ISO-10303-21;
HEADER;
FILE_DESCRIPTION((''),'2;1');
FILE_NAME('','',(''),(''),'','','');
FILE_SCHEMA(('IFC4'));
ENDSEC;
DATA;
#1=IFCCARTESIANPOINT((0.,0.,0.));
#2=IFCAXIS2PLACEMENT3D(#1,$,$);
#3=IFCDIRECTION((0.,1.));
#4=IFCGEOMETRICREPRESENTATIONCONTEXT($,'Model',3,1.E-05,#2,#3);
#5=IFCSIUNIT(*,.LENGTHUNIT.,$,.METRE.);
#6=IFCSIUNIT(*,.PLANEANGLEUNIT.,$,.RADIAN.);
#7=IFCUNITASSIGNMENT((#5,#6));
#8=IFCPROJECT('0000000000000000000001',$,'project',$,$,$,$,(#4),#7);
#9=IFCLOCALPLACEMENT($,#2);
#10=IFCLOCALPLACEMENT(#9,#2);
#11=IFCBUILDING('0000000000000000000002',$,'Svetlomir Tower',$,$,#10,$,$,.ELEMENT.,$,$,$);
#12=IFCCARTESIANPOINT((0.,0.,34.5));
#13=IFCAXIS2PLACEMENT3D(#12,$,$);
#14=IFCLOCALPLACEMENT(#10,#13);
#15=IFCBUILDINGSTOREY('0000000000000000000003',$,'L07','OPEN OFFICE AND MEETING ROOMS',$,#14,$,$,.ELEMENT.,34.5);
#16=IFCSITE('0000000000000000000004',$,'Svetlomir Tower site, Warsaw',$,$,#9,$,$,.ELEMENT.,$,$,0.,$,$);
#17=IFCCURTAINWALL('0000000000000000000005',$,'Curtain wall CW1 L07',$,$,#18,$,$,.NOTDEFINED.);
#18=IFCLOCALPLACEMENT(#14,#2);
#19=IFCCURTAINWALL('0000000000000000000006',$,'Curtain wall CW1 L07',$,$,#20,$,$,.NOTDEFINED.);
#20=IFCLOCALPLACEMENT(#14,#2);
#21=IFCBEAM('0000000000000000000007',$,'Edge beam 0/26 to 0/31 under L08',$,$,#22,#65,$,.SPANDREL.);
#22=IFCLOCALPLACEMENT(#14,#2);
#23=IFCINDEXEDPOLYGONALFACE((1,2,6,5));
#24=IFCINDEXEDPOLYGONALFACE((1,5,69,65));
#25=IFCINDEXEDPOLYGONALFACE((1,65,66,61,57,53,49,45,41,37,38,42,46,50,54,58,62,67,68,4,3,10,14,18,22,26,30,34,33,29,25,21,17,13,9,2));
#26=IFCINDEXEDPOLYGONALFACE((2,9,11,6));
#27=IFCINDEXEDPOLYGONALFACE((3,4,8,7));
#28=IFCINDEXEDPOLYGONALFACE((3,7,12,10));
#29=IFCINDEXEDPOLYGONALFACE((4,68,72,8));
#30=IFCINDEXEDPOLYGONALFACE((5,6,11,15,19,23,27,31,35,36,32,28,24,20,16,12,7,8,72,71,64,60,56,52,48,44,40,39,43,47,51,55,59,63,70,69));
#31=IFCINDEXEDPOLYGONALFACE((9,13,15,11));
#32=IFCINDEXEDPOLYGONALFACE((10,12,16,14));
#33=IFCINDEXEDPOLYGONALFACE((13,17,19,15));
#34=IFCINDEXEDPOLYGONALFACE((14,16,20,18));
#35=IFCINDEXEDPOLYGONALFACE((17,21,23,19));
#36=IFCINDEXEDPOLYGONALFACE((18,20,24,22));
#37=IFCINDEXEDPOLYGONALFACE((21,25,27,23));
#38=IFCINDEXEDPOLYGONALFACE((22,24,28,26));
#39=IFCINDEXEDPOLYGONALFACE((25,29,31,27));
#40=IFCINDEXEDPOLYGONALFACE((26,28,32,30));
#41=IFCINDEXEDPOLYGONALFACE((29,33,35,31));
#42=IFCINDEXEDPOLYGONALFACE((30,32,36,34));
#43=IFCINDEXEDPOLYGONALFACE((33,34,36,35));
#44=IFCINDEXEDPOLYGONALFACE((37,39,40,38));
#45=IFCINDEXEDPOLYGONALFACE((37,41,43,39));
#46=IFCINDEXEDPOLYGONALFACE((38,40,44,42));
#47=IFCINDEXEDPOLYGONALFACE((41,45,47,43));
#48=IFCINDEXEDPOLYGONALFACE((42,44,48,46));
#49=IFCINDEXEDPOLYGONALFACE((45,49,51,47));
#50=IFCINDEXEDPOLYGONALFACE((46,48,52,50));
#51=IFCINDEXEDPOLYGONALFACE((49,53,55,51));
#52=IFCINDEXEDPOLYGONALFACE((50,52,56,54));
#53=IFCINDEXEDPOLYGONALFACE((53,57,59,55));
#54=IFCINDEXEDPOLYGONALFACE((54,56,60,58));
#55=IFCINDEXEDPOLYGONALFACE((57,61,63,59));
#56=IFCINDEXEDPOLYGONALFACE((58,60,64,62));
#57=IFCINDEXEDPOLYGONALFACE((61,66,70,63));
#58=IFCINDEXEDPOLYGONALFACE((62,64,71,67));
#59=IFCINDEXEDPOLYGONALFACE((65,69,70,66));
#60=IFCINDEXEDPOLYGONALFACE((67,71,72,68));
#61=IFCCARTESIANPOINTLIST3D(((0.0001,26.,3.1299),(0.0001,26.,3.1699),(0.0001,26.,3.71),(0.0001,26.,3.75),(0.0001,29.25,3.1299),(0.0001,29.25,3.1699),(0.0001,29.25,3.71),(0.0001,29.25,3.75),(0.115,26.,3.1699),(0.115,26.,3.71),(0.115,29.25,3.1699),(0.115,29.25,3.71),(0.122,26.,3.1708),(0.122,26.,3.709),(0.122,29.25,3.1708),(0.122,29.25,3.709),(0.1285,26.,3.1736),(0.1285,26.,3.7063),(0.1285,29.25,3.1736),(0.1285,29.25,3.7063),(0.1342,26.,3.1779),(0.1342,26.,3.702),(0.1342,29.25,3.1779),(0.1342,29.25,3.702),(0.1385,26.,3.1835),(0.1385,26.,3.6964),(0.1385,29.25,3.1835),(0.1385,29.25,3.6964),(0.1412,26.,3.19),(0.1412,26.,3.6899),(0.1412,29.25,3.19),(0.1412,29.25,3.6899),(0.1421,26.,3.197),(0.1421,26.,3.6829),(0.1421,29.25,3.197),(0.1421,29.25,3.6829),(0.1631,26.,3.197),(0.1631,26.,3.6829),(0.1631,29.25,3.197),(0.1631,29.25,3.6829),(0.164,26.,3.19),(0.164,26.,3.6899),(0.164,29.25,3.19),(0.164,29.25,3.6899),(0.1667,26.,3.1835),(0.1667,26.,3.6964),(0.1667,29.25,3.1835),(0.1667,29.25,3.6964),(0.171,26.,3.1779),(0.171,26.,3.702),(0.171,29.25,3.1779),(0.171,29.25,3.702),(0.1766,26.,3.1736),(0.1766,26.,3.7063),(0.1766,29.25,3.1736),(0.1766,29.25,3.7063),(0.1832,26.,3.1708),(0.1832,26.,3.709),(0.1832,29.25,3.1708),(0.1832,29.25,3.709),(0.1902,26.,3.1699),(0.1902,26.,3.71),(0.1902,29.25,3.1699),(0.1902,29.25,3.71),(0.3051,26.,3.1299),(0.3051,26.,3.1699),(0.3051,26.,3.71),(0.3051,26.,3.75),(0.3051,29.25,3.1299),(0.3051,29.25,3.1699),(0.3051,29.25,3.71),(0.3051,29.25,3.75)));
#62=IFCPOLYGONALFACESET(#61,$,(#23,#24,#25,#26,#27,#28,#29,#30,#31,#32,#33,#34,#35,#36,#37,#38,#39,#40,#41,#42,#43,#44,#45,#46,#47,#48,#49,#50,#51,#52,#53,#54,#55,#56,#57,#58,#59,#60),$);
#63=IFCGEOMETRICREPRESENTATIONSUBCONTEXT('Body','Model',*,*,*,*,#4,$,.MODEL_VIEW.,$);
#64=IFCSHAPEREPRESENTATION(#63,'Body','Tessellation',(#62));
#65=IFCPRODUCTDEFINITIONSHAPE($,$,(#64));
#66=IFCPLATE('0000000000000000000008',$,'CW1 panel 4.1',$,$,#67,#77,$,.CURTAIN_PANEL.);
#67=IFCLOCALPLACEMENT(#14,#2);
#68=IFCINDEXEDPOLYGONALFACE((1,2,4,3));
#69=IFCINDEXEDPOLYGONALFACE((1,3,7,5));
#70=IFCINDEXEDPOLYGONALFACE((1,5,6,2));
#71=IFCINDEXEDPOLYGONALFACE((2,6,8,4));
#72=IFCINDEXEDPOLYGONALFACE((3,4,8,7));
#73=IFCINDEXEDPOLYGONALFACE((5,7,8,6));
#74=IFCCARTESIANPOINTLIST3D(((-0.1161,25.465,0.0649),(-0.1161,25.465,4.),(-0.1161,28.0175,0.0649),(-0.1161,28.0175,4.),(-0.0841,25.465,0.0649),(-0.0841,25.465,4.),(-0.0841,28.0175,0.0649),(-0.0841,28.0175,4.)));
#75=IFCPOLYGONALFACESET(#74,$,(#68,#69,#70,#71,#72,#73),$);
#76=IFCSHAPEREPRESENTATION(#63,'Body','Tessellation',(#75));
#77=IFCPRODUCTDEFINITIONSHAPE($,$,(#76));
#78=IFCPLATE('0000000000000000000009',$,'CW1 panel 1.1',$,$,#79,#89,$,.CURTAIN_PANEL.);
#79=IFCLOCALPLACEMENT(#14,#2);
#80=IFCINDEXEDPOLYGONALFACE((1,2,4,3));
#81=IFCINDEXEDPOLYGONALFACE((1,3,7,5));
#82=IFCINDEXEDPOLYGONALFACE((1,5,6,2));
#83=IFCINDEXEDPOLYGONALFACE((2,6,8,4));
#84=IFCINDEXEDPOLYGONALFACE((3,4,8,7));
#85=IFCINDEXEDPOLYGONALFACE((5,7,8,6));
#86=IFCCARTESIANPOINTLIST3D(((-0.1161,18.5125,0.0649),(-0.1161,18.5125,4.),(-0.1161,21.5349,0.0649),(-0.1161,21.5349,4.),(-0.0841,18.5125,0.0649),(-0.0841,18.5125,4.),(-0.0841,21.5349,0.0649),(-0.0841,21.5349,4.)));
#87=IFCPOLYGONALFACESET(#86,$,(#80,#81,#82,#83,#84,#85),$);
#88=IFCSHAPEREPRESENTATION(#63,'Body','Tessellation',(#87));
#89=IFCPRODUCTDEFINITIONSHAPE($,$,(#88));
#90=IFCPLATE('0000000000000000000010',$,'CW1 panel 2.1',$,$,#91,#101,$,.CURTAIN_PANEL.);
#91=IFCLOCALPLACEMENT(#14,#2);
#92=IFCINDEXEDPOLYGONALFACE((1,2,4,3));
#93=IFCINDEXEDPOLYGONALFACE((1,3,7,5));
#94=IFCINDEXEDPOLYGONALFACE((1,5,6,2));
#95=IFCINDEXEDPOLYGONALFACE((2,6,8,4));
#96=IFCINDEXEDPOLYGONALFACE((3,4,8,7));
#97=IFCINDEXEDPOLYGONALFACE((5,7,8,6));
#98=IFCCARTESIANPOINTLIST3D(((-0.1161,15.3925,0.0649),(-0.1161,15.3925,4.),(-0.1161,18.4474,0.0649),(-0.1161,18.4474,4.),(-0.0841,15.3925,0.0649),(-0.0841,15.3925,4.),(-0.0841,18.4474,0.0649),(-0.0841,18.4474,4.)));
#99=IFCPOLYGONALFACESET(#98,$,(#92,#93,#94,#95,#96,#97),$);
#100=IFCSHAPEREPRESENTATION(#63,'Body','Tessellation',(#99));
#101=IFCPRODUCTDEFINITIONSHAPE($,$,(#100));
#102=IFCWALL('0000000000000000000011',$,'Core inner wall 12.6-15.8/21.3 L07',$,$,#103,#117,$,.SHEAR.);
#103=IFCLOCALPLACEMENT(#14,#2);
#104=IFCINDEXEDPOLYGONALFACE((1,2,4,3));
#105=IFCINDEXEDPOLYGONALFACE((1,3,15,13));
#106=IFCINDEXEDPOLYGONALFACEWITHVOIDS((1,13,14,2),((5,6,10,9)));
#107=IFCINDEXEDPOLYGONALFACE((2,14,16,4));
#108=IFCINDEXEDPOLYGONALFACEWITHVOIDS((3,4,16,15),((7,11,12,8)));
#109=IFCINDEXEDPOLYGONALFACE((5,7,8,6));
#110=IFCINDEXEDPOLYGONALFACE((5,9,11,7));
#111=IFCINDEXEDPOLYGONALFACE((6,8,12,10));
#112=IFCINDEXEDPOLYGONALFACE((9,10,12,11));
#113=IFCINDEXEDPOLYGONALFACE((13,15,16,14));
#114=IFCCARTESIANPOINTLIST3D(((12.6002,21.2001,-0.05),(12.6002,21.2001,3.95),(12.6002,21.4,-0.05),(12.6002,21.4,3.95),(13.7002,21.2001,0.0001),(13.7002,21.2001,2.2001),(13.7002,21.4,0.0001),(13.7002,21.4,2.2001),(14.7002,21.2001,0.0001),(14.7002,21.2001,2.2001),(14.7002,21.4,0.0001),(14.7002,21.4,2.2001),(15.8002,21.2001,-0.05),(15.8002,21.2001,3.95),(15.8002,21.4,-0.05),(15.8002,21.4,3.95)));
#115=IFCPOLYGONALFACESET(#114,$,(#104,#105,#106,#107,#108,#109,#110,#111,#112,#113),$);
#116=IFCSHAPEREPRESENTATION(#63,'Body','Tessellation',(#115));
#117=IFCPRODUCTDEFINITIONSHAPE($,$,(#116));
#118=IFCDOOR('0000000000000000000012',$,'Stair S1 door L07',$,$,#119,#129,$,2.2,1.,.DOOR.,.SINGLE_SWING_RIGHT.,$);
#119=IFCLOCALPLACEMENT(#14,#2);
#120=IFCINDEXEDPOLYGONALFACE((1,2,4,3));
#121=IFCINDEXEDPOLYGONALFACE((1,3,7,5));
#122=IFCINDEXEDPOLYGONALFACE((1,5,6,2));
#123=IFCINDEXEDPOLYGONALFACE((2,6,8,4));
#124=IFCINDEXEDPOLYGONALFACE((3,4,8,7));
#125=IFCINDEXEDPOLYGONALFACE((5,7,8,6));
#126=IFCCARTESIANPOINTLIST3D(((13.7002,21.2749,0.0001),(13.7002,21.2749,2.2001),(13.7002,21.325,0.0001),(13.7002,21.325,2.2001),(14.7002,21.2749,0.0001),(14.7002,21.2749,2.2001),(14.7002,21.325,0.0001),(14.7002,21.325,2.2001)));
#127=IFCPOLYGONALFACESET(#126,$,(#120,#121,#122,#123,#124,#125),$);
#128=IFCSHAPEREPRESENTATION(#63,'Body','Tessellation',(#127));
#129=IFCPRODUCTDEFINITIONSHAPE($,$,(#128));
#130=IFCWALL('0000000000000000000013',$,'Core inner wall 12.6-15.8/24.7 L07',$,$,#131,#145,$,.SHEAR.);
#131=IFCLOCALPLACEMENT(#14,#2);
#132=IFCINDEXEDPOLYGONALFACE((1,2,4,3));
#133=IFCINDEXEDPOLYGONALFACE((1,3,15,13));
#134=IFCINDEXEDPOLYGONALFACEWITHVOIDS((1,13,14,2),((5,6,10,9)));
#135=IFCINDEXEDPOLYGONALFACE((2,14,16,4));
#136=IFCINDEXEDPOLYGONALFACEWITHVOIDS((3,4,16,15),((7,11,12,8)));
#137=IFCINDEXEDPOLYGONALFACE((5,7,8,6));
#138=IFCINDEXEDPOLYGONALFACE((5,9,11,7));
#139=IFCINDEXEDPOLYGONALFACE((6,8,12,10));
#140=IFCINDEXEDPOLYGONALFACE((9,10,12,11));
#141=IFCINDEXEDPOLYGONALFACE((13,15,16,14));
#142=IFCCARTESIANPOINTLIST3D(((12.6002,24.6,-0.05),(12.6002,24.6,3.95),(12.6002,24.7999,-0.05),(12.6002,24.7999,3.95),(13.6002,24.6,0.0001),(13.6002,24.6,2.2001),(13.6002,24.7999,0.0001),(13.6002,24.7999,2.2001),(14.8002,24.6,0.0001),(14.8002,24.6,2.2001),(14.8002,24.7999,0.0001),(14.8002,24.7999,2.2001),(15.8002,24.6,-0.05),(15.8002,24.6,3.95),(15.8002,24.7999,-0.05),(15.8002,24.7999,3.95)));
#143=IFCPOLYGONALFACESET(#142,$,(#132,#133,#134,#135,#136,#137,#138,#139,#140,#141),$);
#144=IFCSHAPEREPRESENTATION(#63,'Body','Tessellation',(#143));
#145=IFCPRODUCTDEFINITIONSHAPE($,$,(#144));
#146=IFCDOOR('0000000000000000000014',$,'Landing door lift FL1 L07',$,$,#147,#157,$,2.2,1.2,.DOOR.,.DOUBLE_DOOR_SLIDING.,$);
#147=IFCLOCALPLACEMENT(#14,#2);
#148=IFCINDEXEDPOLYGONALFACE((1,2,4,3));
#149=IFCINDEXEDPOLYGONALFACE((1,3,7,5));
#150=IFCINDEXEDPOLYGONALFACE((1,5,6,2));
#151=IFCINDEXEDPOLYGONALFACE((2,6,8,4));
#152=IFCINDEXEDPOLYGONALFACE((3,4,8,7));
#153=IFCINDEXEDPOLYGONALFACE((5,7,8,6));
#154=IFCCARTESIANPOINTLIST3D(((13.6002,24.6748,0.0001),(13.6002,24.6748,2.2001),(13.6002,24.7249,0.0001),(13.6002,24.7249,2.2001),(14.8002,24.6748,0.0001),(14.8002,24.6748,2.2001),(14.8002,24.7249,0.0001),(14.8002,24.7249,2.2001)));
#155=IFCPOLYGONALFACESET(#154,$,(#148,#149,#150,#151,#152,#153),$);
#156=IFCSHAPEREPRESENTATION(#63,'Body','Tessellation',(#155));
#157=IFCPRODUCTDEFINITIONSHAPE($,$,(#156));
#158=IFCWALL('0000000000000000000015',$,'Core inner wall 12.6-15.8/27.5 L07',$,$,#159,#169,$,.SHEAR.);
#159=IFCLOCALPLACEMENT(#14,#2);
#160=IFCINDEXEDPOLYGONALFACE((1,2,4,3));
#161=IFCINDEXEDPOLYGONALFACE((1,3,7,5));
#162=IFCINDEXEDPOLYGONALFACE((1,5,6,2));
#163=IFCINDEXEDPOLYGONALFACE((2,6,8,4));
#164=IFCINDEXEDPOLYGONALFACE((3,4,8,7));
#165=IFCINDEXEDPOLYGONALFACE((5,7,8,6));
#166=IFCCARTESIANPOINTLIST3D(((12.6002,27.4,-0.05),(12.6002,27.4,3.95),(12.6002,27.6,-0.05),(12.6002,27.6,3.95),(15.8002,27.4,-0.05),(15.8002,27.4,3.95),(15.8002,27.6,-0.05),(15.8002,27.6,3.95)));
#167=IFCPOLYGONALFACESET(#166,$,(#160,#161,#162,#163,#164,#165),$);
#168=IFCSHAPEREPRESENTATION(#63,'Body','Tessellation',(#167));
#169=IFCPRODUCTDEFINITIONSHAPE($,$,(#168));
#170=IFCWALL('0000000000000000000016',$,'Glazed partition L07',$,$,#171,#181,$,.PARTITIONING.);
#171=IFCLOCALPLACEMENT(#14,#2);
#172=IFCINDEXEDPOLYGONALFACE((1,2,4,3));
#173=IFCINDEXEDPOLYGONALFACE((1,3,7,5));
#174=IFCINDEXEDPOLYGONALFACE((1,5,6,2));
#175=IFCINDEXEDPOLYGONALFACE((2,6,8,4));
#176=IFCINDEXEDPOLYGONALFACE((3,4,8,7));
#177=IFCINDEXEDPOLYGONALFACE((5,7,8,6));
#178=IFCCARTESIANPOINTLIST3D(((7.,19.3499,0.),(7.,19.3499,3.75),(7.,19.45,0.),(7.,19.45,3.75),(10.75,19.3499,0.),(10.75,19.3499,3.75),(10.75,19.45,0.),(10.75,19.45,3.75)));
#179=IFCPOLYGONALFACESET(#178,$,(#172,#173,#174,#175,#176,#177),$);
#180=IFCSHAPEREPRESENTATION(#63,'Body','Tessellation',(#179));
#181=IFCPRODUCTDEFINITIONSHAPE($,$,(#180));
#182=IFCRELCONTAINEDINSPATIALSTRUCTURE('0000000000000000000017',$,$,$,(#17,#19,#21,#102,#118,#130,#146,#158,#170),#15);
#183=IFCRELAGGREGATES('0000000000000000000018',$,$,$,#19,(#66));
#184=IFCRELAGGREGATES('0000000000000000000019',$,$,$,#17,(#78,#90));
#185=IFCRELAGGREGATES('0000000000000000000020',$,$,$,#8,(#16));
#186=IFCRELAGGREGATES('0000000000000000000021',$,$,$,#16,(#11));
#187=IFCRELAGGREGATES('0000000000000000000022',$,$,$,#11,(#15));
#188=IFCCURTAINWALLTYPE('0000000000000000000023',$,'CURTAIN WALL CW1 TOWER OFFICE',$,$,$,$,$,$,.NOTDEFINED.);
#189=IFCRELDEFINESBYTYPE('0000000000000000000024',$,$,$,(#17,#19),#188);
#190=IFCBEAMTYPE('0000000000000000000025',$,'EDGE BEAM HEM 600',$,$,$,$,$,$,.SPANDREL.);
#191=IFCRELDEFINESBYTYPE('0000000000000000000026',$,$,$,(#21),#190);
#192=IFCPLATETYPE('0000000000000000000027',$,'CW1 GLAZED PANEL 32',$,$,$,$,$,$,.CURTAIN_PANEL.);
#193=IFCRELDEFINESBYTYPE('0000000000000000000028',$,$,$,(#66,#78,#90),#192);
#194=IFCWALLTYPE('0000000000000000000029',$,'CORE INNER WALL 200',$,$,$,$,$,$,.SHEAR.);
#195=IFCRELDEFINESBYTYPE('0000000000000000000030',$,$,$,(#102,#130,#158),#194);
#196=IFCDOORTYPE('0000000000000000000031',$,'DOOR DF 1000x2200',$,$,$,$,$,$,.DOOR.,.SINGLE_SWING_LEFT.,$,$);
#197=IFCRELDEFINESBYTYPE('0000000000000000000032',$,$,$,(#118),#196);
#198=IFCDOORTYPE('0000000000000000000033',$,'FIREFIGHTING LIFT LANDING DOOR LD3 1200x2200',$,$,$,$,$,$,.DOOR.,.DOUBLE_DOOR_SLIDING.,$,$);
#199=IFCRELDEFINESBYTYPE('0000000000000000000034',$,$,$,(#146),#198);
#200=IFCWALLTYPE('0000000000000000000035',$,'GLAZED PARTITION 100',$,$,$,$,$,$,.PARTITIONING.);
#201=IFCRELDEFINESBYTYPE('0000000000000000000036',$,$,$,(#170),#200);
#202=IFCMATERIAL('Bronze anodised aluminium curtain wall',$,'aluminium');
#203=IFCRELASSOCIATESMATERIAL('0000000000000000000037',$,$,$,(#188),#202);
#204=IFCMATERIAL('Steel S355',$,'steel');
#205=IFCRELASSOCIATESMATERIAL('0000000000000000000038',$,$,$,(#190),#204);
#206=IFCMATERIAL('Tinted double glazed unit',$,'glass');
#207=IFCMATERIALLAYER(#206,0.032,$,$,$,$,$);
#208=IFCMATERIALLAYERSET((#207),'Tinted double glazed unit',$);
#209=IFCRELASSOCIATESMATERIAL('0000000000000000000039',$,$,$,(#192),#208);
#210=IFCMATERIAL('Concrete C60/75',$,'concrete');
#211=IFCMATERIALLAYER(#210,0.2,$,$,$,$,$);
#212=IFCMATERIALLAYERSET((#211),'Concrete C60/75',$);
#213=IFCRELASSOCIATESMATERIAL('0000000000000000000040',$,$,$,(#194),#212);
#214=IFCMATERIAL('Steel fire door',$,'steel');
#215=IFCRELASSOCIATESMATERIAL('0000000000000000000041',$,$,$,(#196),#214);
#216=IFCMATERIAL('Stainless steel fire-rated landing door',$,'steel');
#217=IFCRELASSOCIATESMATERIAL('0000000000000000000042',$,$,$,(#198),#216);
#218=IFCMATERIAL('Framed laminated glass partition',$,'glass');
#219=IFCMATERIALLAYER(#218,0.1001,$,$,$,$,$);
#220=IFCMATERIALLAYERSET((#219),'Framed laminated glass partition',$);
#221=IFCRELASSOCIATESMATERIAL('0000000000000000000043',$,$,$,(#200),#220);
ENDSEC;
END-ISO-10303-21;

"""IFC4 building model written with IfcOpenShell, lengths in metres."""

from ifc_helpers import new_model, si_unit, direction, frame, frame_2d, origin, origin_2d, place, context, subcontext, project, spatial, rectangle, i_section, extrude, material, layer, layer_set, material_profile, profile_set, type_object, element, fill, aggregate, save


model = new_model("IFC4")

# Units and contexts
model_context = context("Model", 3, precision=1e-05, world=origin(), true_north=direction((0.0, 1.0)))
body_context = subcontext(model_context, "Body", "Model", "MODEL_VIEW")
ifc_project = project(units=[si_unit("LENGTHUNIT", "METRE"), si_unit("PLANEANGLEUNIT", "RADIAN")], contexts=[model_context])

# Site, building, storey
site_placement = place(None, origin())
site = spatial("IfcSite", under=ifc_project, at=site_placement, Name="Svetlomir Tower site, Warsaw", CompositionType="ELEMENT", RefElevation=0.0)
building_placement = place(site_placement, origin())
building = spatial("IfcBuilding", under=site, at=building_placement, Name="Svetlomir Tower", CompositionType="ELEMENT")
storey_placement = place(building_placement, frame((0.0, 0.0, 34.5)))
storey = spatial("IfcBuildingStorey", under=building, at=storey_placement, Name="L07", Description="OPEN OFFICE AND MEETING ROOMS", CompositionType="ELEMENT", Elevation=34.5)

# Curtain walls
ifc_material_1 = material(Name="Bronze anodised aluminium curtain wall", Category="aluminium")
curtain_wall_type = type_object("IfcCurtainWallType", Name="CURTAIN WALL CW1 TOWER OFFICE", PredefinedType="NOTDEFINED", material=ifc_material_1)
curtain_wall_1_placement = place(storey_placement, origin())
curtain_wall_1 = element("IfcCurtainWall", 1, at=curtain_wall_1_placement, inside=storey, type_object=curtain_wall_type, Name="Curtain wall CW1 L07", PredefinedType="NOTDEFINED")
curtain_wall_2_placement = place(storey_placement, origin())
curtain_wall_2 = element("IfcCurtainWall", 2, at=curtain_wall_2_placement, inside=storey, type_object=curtain_wall_type, Name="Curtain wall CW1 L07", PredefinedType="NOTDEFINED")

# Beam
ifc_material_2 = material(Name="Steel S355", Category="steel")
ifc_material_profile_1 = material_profile(ifc_material_2, i_section(OverallWidth=0.3049, OverallDepth=0.6201, WebThickness=0.021, FlangeThickness=0.04, FilletRadius=0.0271, at=origin_2d()), Name="HEM 600")
ifc_profile_set_1 = profile_set([ifc_material_profile_1], Name="Steel S355")
beam_type_1 = type_object("IfcBeamType", Name="EDGE BEAM HEM 600", PredefinedType="SPANDREL", material=ifc_profile_set_1)
beam_1_placement = place(storey_placement, frame((0.1526, 26.0, 3.4399), z_axis=(0.0, 1.0, 0.0), x_axis=(-1.0, 0.0, 0.0)))
element("IfcBeam", 3, at=beam_1_placement, inside=storey, type_object=beam_type_1, Name="Edge beam 0/26 to 0/31 under L08", PredefinedType="SPANDREL", context=body_context, shape_type="SweptSolid", body=[
    extrude(i_section(OverallWidth=0.3049, OverallDepth=0.6201, WebThickness=0.021, FlangeThickness=0.04, FilletRadius=0.0271, at=origin_2d()), origin(), (0.0, 0.0, 1.0), 3.25),
])

# Plates
ifc_material_3 = material(Name="Tinted double glazed unit", Category="glass")
ifc_layer_1 = layer(ifc_material_3, 0.032)
ifc_layer_set_1 = layer_set([ifc_layer_1], Name="Tinted double glazed unit")
plate_type = type_object("IfcPlateType", Name="CW1 GLAZED PANEL 32", PredefinedType="CURTAIN_PANEL", material=ifc_layer_set_1)
plate_1_placement = place(storey_placement, frame((-0.1001, 26.7412, 0.0649), z_axis=(0.0, 0.0, 1.0), x_axis=(0.0, -1.0, 0.0)))
plate_1 = element("IfcPlate", 4, at=plate_1_placement, type_object=plate_type, Name="CW1 panel 4.1", PredefinedType="CURTAIN_PANEL", context=body_context, shape_type="SweptSolid", body=[
    extrude(rectangle(XDim=2.5525, YDim=0.032, at=origin_2d()), origin(), (0.0, 0.0, 1.0), 3.9351),
])
aggregate(curtain_wall_2, [plate_1])
plate_2_placement = place(storey_placement, frame((-0.1001, 20.0237, 0.0649), z_axis=(0.0, 0.0, 1.0), x_axis=(0.0, -1.0, 0.0)))
plate_2 = element("IfcPlate", 5, at=plate_2_placement, type_object=plate_type, Name="CW1 panel 1.1", PredefinedType="CURTAIN_PANEL", context=body_context, shape_type="SweptSolid", body=[
    extrude(rectangle(XDim=3.0225, YDim=0.032, at=origin_2d()), origin(), (0.0, 0.0, 1.0), 3.9351),
])
plate_3_placement = place(storey_placement, frame((-0.1001, 16.9199, 0.0649), z_axis=(0.0, 0.0, 1.0), x_axis=(0.0, -1.0, 0.0)))
plate_3 = element("IfcPlate", 6, at=plate_3_placement, type_object=plate_type, Name="CW1 panel 2.1", PredefinedType="CURTAIN_PANEL", context=body_context, shape_type="SweptSolid", body=[
    extrude(rectangle(XDim=3.0549, YDim=0.032, at=origin_2d()), origin(), (0.0, 0.0, 1.0), 3.9351),
])
aggregate(curtain_wall_1, [plate_2, plate_3])

# Walls, openings, doors
ifc_material_4 = material(Name="Concrete C60/75", Category="concrete")
ifc_layer_2 = layer(ifc_material_4, 0.2)
ifc_layer_set_2 = layer_set([ifc_layer_2], Name="Concrete C60/75")
wall_type_1 = type_object("IfcWallType", Name="CORE INNER WALL 200", PredefinedType="SHEAR", material=ifc_layer_set_2)
wall_1_placement = place(storey_placement, frame((12.6001, 21.3, -0.05), z_axis=(0.0, 0.0, 1.0), x_axis=(1.0, 0.0, 0.0)))
wall_1 = element("IfcWall", 7, at=wall_1_placement, inside=storey, type_object=wall_type_1, Name="Core inner wall 12.6-15.8/21.3 L07", PredefinedType="SHEAR", context=body_context, shape_type="SweptSolid", body=[
    extrude(rectangle(XDim=3.2, YDim=0.2, at=frame_2d((1.6001, 0.0))), origin(), (0.0, 0.0, 1.0), 4.0),
])
opening_1_placement = place(wall_1_placement, frame((1.1001, 0.0, 0.05)))
opening_1 = element("IfcOpeningElement", 8, at=opening_1_placement, cuts=wall_1, PredefinedType="OPENING", context=body_context, shape_type="SweptSolid", body=[
    extrude(rectangle(XDim=1.0, YDim=2.2, at=frame_2d((0.5, 1.1001))), frame((0.0, 0.1099, 0.0), z_axis=(0.0, -1.0, 0.0), x_axis=(1.0, 0.0, 0.0)), (0.0, 0.0, 1.0), 0.22),
])
ifc_material_5 = material(Name="Steel fire door", Category="steel")
door_type_1 = type_object("IfcDoorType", Name="DOOR DF 1000x2200", OperationType="SINGLE_SWING_LEFT", PredefinedType="DOOR", material=ifc_material_5)
door_1_placement = place(opening_1_placement, origin())
door_1 = element("IfcDoor", 9, at=door_1_placement, inside=storey, type_object=door_type_1, Name="Stair S1 door L07", OperationType="SINGLE_SWING_RIGHT", OverallHeight=2.2, OverallWidth=1.0, PredefinedType="DOOR", context=body_context, shape_type="SweptSolid", body=[
    extrude(rectangle(XDim=1.0, YDim=2.2, at=frame_2d((0.5, 1.1001))), frame((0.0, 0.0249, 0.0), z_axis=(0.0, -1.0, 0.0), x_axis=(1.0, 0.0, 0.0)), (0.0, 0.0, 1.0), 0.05),
])
fill(opening_1, door_1)
wall_2_placement = place(storey_placement, frame((12.6001, 24.7, -0.05), z_axis=(0.0, 0.0, 1.0), x_axis=(1.0, 0.0, 0.0)))
wall_2 = element("IfcWall", 10, at=wall_2_placement, inside=storey, type_object=wall_type_1, Name="Core inner wall 12.6-15.8/24.7 L07", PredefinedType="SHEAR", context=body_context, shape_type="SweptSolid", body=[
    extrude(rectangle(XDim=3.2, YDim=0.2, at=frame_2d((1.6001, 0.0))), origin(), (0.0, 0.0, 1.0), 4.0),
])
opening_2_placement = place(wall_2_placement, frame((1.0, 0.0, 0.05)))
opening_2 = element("IfcOpeningElement", 11, at=opening_2_placement, cuts=wall_2, PredefinedType="OPENING", context=body_context, shape_type="SweptSolid", body=[
    extrude(rectangle(XDim=1.2, YDim=2.2, at=frame_2d((0.6001, 1.1001))), frame((0.0, 0.1099, 0.0), z_axis=(0.0, -1.0, 0.0), x_axis=(1.0, 0.0, 0.0)), (0.0, 0.0, 1.0), 0.22),
])
ifc_material_6 = material(Name="Stainless steel fire-rated landing door", Category="steel")
door_type_2 = type_object("IfcDoorType", Name="FIREFIGHTING LIFT LANDING DOOR LD3 1200x2200", OperationType="DOUBLE_DOOR_SLIDING", PredefinedType="DOOR", material=ifc_material_6)
door_2_placement = place(opening_2_placement, origin())
door_2 = element("IfcDoor", 12, at=door_2_placement, inside=storey, type_object=door_type_2, Name="Landing door lift FL1 L07", OperationType="DOUBLE_DOOR_SLIDING", OverallHeight=2.2, OverallWidth=1.2, PredefinedType="DOOR", context=body_context, shape_type="SweptSolid", body=[
    extrude(rectangle(XDim=1.2, YDim=2.2, at=frame_2d((0.6001, 1.1001))), frame((0.0, 0.0249, 0.0), z_axis=(0.0, -1.0, 0.0), x_axis=(1.0, 0.0, 0.0)), (0.0, 0.0, 1.0), 0.05),
])
fill(opening_2, door_2)

# Walls
wall_3_placement = place(storey_placement, frame((12.6001, 27.5, -0.05), z_axis=(0.0, 0.0, 1.0), x_axis=(1.0, 0.0, 0.0)))
element("IfcWall", 13, at=wall_3_placement, inside=storey, type_object=wall_type_1, Name="Core inner wall 12.6-15.8/27.5 L07", PredefinedType="SHEAR", context=body_context, shape_type="SweptSolid", body=[
    extrude(rectangle(XDim=3.2, YDim=0.2, at=frame_2d((1.6001, 0.0))), origin(), (0.0, 0.0, 1.0), 4.0),
])
ifc_material_7 = material(Name="Framed laminated glass partition", Category="glass")
ifc_layer_3 = layer(ifc_material_7, 0.1001)
ifc_layer_set_3 = layer_set([ifc_layer_3], Name="Framed laminated glass partition")
wall_type_2 = type_object("IfcWallType", Name="GLAZED PARTITION 100", PredefinedType="PARTITIONING", material=ifc_layer_set_3)
wall_4_placement = place(storey_placement, frame((7.0, 19.3999, 0.0), z_axis=(0.0, 0.0, 1.0), x_axis=(1.0, 0.0, 0.0)))
element("IfcWall", 14, at=wall_4_placement, inside=storey, type_object=wall_type_2, Name="Glazed partition L07", PredefinedType="PARTITIONING", context=body_context, shape_type="SweptSolid", body=[
    extrude(rectangle(XDim=3.75, YDim=0.1001, at=frame_2d((1.875, 0.0))), origin(), (0.0, 0.0, 1.0), 3.75),
])

save(model, "model.ifc")
